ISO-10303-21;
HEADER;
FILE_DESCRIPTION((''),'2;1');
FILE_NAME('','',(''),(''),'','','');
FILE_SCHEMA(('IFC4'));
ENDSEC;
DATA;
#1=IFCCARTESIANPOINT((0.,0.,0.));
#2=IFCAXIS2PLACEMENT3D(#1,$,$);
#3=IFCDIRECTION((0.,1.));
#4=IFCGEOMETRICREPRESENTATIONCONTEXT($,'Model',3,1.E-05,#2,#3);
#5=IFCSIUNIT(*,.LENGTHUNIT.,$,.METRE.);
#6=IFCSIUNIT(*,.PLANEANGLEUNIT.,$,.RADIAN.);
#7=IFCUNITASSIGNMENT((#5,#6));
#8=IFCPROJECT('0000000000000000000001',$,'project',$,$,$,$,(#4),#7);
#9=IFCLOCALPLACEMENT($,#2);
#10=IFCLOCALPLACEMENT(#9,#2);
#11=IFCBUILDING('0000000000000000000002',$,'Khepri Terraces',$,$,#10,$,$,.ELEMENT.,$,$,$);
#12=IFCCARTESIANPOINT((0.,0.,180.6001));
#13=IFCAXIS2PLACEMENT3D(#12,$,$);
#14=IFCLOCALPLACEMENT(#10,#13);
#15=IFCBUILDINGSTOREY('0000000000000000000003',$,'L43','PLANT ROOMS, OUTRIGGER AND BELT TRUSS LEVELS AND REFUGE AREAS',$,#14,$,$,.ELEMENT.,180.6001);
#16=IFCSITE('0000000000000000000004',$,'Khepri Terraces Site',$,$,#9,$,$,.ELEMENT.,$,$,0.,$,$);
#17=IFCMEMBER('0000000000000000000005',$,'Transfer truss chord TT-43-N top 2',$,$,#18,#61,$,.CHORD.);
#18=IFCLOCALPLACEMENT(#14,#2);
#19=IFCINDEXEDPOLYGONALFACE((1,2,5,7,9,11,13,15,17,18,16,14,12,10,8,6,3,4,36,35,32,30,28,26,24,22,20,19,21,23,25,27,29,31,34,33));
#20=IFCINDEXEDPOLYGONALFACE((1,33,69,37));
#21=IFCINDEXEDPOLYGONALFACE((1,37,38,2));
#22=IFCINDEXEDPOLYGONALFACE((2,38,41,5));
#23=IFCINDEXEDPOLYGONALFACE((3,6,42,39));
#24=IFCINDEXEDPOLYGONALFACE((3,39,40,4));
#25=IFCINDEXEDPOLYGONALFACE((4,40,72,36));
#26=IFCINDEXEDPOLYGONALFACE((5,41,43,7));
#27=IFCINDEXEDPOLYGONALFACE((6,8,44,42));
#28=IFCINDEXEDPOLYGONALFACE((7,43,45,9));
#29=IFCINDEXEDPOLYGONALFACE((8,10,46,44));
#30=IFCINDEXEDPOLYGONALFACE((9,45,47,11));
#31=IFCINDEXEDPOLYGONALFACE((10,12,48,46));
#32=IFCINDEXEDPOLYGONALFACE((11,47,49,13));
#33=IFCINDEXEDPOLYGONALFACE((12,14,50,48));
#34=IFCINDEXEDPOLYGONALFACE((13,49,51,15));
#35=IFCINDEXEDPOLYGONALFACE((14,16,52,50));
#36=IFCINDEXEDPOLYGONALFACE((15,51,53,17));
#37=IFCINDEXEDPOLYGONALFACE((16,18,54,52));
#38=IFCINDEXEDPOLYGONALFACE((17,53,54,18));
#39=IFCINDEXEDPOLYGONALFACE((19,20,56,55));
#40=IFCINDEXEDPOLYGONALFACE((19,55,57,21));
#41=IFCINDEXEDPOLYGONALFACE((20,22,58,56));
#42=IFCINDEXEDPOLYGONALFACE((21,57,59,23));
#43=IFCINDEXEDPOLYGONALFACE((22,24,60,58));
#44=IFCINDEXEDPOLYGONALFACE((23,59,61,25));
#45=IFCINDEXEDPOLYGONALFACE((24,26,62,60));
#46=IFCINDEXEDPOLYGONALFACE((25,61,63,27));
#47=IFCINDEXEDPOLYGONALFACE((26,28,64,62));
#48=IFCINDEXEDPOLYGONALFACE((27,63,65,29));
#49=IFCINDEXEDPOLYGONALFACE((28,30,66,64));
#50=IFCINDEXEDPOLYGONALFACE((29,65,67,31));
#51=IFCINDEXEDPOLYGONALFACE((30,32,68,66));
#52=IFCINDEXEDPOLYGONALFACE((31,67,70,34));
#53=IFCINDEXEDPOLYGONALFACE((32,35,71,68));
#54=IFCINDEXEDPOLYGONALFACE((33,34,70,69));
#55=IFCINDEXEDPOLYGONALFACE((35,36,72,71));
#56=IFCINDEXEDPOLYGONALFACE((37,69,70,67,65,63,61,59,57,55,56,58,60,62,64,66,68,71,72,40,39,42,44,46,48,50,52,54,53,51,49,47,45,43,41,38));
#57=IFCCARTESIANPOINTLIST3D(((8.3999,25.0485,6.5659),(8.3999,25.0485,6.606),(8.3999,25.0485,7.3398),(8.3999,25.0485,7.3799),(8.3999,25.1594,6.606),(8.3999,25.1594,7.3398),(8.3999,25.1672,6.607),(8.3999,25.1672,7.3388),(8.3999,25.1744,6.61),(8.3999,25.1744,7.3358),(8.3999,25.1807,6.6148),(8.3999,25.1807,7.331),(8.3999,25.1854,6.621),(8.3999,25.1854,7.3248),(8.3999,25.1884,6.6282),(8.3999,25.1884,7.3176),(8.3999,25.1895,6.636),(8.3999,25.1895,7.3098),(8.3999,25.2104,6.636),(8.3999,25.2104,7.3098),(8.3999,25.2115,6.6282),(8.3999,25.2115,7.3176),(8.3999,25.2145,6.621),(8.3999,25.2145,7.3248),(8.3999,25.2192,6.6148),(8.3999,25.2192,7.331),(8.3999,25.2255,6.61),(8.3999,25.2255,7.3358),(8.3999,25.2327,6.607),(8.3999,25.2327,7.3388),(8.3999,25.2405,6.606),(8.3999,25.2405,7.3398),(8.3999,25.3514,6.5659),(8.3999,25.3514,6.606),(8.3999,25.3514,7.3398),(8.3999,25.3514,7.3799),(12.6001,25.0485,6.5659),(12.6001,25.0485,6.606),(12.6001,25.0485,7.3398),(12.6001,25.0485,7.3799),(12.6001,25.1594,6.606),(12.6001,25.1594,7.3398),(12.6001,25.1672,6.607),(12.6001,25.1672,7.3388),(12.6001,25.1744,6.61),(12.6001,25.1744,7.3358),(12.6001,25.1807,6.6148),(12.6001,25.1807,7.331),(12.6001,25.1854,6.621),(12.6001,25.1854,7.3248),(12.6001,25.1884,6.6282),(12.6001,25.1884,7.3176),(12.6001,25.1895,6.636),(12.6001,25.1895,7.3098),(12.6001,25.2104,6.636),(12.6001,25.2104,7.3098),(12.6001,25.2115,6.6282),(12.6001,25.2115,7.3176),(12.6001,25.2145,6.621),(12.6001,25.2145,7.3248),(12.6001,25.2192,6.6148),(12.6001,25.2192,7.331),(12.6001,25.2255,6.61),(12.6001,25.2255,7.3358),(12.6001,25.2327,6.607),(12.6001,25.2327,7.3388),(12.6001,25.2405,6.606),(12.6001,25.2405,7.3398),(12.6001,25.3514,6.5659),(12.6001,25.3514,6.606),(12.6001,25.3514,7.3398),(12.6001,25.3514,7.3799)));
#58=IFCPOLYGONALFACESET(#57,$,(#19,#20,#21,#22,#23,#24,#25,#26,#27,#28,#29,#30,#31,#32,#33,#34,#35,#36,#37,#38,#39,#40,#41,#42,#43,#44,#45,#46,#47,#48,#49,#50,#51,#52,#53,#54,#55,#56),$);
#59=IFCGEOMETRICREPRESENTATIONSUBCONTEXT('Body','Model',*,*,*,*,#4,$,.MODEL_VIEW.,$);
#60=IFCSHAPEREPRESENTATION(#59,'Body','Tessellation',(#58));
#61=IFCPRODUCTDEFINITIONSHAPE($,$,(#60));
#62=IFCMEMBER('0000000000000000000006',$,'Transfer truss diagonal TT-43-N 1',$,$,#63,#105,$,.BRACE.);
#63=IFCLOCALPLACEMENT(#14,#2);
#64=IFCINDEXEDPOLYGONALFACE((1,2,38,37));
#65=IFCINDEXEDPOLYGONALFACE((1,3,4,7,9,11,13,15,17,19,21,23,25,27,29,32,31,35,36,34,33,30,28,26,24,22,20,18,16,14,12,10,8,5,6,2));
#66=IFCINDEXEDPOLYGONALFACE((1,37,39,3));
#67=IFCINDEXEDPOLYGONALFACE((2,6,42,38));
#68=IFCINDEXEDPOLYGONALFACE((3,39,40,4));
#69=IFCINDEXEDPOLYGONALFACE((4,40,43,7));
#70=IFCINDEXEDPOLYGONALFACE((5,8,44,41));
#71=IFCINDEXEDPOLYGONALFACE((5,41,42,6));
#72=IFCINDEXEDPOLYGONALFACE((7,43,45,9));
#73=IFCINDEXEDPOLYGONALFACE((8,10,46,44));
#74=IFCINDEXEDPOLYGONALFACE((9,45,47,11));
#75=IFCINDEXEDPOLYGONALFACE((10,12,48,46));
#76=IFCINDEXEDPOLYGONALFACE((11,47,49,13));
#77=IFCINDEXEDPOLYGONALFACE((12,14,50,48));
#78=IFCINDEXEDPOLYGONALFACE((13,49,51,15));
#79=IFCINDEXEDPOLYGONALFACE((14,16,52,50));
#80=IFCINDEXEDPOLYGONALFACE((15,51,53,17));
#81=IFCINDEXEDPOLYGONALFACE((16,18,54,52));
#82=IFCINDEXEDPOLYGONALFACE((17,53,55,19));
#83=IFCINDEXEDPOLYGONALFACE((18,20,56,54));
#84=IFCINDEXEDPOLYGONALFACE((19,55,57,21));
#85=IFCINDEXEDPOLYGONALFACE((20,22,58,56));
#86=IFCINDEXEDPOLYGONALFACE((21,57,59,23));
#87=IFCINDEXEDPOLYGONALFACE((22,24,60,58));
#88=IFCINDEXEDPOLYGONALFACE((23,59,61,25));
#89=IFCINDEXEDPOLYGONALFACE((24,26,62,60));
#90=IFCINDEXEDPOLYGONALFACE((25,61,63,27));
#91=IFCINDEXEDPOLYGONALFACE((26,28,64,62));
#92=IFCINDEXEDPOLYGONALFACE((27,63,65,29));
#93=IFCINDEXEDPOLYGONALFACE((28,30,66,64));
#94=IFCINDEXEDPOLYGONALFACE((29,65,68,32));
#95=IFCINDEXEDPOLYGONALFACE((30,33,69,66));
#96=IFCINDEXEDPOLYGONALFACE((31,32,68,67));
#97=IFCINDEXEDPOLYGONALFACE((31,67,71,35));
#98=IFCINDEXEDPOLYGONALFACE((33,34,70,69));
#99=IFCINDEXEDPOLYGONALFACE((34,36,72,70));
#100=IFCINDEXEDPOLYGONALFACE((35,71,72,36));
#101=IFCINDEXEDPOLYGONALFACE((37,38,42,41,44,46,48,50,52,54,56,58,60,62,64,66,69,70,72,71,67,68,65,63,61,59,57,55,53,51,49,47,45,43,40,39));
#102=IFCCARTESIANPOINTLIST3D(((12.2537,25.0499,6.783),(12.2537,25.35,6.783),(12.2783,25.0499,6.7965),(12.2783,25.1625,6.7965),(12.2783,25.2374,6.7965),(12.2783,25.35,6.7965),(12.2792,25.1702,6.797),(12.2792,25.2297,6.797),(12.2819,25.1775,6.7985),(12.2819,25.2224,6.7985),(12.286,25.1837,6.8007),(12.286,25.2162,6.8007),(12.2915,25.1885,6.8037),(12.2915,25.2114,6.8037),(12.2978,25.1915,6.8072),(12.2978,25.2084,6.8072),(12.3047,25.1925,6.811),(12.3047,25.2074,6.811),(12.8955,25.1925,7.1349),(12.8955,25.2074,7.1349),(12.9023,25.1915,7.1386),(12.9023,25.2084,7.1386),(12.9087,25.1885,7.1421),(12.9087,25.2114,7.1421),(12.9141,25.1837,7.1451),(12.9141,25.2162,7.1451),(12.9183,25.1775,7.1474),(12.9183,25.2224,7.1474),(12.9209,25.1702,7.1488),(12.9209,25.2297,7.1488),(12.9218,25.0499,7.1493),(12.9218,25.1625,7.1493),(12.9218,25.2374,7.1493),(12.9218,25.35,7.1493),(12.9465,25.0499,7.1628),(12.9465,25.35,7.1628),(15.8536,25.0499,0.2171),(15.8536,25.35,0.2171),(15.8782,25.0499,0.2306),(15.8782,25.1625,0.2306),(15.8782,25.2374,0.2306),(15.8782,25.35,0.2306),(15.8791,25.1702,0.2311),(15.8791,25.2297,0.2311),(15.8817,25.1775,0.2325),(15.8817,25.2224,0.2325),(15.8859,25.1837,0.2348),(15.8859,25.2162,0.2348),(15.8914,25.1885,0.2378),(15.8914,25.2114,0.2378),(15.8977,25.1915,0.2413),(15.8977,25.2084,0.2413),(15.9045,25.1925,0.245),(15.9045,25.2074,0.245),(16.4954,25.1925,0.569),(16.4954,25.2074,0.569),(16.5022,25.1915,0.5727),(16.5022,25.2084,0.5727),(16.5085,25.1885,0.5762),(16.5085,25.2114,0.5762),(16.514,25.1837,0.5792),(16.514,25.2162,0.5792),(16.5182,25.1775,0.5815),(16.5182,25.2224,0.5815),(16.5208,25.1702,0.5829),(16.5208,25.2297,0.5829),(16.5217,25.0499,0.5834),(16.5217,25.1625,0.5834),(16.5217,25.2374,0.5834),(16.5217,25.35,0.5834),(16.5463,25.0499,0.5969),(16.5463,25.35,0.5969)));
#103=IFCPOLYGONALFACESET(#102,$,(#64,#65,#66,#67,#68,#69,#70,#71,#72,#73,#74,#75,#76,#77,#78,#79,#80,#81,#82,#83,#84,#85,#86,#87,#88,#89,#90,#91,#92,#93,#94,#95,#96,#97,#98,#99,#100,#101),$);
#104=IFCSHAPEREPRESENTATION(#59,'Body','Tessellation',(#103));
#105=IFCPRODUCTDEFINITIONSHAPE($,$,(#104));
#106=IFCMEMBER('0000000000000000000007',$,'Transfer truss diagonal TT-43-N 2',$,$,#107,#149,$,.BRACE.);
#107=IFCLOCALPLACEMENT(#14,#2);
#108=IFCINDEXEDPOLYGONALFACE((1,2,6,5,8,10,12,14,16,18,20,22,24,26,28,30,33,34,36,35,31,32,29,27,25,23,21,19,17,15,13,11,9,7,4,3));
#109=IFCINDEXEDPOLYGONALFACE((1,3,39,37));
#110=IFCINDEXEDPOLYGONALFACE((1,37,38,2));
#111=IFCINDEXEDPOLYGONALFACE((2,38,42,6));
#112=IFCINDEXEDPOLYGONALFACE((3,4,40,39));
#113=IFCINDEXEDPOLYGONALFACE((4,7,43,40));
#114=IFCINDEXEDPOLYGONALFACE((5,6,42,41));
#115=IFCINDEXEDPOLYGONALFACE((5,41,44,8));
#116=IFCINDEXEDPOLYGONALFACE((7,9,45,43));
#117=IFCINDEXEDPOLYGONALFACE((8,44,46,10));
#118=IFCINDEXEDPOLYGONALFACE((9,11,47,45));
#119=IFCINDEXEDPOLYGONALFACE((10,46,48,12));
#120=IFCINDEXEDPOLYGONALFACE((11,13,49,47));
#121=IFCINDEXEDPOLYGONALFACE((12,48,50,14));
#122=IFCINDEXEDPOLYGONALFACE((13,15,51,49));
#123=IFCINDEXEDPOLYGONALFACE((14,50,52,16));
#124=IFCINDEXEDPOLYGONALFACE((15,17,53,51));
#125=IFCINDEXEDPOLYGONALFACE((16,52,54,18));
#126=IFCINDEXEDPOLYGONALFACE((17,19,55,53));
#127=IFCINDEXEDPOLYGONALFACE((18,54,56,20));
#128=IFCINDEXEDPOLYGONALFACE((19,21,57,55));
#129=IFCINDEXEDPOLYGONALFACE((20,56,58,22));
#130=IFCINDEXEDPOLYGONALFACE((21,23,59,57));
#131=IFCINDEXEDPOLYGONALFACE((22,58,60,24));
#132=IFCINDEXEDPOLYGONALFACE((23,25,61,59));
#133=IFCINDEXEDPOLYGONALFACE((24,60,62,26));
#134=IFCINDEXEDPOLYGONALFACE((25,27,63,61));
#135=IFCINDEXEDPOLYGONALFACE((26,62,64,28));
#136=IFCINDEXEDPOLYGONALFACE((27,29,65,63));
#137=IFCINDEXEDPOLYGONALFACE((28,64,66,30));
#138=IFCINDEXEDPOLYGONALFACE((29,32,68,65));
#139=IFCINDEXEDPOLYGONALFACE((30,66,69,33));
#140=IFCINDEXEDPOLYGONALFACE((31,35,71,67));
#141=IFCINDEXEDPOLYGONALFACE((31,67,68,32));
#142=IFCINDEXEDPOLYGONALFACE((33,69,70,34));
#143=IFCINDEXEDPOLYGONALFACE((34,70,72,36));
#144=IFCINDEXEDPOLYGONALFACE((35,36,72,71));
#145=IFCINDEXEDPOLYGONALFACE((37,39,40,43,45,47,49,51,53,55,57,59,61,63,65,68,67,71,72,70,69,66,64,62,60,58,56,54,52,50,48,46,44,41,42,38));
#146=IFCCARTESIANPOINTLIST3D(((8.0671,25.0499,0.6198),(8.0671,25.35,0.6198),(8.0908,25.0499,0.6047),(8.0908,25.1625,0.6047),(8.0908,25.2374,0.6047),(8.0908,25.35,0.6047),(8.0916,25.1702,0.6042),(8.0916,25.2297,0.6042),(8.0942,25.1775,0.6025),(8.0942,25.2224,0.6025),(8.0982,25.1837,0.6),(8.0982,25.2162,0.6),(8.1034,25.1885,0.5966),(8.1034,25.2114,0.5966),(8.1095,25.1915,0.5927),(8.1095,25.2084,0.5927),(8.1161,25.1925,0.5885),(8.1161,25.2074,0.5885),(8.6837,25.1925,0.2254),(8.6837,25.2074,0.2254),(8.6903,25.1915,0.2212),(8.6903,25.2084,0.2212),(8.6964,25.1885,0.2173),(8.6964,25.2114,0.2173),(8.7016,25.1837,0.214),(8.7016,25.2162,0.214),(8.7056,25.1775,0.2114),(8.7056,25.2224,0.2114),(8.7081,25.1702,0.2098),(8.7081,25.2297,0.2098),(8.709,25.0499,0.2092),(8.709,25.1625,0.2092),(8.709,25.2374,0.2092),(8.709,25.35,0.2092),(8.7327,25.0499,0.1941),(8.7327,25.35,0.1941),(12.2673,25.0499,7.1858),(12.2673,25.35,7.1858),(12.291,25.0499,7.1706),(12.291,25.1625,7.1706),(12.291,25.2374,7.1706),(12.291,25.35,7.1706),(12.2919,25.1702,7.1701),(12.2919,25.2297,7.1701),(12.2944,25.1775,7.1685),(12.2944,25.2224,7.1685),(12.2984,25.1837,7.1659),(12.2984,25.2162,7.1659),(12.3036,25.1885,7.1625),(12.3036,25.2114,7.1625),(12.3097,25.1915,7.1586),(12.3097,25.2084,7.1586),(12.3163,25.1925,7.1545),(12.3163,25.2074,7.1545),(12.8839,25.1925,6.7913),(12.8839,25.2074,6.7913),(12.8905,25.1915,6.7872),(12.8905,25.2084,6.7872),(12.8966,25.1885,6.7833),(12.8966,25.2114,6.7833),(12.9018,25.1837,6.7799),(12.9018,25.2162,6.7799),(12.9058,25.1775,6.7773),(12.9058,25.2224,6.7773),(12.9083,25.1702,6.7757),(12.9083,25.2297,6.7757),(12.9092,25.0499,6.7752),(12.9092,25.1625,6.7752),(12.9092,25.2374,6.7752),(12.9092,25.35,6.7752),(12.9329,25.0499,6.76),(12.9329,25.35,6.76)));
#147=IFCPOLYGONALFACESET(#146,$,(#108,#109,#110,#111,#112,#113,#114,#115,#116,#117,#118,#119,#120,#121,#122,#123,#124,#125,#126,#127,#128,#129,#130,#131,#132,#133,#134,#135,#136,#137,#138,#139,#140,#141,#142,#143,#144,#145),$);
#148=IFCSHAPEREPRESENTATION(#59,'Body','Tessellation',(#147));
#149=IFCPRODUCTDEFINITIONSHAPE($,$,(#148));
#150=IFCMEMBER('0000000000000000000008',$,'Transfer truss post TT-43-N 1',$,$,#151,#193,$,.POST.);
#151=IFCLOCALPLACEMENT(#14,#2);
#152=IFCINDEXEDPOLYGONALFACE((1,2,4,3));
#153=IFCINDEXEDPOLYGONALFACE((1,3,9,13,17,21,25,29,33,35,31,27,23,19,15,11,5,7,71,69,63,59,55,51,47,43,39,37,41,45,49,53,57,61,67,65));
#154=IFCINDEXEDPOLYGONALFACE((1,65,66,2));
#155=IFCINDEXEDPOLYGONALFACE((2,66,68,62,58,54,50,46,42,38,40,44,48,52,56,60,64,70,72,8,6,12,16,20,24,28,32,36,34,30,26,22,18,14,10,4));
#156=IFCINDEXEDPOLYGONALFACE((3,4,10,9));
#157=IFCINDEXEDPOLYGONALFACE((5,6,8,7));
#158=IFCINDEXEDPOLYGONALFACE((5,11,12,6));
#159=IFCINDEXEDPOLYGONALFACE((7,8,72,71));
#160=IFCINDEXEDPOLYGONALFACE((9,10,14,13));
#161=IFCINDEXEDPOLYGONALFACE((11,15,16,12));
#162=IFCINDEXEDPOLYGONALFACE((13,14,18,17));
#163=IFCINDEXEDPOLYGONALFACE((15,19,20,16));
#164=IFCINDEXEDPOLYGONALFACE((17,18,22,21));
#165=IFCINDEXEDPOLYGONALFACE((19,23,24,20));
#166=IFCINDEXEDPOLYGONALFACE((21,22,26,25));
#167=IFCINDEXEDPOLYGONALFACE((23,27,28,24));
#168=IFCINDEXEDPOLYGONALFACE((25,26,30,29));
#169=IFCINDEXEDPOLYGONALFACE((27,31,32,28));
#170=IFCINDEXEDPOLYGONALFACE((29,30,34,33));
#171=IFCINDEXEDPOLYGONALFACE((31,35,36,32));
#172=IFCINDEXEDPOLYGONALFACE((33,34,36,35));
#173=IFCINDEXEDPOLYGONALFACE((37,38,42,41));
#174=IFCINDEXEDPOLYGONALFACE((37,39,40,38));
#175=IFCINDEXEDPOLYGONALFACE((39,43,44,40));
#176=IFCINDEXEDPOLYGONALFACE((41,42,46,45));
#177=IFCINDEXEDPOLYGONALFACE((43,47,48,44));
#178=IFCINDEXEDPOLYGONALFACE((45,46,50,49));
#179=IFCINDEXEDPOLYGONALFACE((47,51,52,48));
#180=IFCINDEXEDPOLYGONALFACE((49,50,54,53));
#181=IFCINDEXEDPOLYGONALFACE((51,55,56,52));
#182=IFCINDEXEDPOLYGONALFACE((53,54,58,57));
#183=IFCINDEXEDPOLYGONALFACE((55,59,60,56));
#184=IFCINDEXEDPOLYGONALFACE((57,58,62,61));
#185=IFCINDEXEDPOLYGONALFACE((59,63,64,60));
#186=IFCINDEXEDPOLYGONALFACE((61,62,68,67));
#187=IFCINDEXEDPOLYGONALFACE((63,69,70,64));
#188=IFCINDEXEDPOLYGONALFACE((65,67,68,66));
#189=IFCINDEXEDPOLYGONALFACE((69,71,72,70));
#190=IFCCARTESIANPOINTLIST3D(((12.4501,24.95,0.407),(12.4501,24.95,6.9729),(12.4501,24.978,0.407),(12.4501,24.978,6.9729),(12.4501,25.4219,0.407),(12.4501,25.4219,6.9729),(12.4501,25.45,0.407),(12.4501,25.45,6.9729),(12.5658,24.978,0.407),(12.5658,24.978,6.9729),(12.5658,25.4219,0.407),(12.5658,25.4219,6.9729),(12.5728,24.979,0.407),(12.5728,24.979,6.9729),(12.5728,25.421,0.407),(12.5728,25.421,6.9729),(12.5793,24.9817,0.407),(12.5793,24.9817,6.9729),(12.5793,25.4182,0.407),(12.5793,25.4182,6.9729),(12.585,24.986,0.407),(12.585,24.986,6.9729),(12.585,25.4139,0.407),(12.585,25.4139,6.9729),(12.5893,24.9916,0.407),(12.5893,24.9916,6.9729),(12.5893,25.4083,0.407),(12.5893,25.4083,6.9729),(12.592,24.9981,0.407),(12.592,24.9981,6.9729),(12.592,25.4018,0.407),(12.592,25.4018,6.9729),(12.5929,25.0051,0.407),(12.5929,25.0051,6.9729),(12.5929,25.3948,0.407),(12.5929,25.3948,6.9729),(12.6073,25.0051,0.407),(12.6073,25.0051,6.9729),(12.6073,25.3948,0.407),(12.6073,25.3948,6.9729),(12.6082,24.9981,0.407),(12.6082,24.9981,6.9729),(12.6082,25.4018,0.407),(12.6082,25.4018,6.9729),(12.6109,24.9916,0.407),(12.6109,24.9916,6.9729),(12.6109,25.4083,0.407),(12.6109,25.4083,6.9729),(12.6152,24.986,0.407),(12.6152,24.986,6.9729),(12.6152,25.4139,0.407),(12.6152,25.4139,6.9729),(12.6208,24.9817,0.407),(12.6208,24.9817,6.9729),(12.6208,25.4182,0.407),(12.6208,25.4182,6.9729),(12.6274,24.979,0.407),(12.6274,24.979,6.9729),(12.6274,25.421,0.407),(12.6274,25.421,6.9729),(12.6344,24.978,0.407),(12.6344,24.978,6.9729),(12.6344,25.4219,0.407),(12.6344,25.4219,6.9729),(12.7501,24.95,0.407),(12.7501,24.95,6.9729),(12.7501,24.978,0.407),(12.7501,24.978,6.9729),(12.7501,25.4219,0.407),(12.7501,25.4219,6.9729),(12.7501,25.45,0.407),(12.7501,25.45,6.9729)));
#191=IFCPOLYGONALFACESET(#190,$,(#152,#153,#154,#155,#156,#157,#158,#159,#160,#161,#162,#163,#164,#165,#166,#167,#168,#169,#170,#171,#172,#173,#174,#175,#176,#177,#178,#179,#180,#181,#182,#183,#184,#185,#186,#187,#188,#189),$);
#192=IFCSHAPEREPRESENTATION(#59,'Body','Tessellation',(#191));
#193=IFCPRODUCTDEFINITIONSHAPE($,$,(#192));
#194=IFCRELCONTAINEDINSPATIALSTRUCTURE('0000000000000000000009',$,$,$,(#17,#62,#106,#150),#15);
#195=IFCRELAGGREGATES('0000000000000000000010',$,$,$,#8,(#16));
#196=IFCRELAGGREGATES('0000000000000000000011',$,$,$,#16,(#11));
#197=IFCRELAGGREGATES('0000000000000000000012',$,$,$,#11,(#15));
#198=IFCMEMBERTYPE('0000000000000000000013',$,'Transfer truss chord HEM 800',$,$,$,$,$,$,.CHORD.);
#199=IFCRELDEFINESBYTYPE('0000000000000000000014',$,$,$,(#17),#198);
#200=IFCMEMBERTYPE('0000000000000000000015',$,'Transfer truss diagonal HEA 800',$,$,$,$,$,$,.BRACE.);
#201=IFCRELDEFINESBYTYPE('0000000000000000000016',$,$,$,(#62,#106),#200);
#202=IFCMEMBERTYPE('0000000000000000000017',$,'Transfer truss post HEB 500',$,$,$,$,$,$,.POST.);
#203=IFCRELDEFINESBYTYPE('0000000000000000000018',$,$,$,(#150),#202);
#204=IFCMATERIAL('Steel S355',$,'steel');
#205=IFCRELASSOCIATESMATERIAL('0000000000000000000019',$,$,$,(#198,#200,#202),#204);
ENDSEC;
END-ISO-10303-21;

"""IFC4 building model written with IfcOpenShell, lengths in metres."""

from ifc_helpers import new_model, si_unit, direction, frame, origin, origin_2d, place, context, subcontext, project, spatial, i_section, extrude, material, material_profile, profile_set, type_object, element, save


model = new_model("IFC4")

# Units and contexts
model_context = context("Model", 3, precision=1e-05, world=origin(), true_north=direction((0.0, 1.0)))
body_context = subcontext(model_context, "Body", "Model", "MODEL_VIEW")
ifc_project = project(units=[si_unit("LENGTHUNIT", "METRE"), si_unit("PLANEANGLEUNIT", "RADIAN")], contexts=[model_context])

# Site, building, storey
site_placement = place(None, origin())
site = spatial("IfcSite", under=ifc_project, at=site_placement, Name="Khepri Terraces Site", CompositionType="ELEMENT", RefElevation=0.0)
building_placement = place(site_placement, origin())
building = spatial("IfcBuilding", under=site, at=building_placement, Name="Khepri Terraces", CompositionType="ELEMENT")
storey_placement = place(building_placement, frame((0.0, 0.0, 180.6001)))
storey = spatial("IfcBuildingStorey", under=building, at=storey_placement, Name="L43", Description="PLANT ROOMS, OUTRIGGER AND BELT TRUSS LEVELS AND REFUGE AREAS", CompositionType="ELEMENT", Elevation=180.6001)

# Members
ifc_material_1 = material(Name="Steel S355", Category="steel")
ifc_material_profile_1 = material_profile(ifc_material_1, i_section(OverallWidth=0.303, OverallDepth=0.814, WebThickness=0.021, FlangeThickness=0.04, FilletRadius=0.03, at=origin_2d()), Name="Steel S355", Category="steel")
ifc_profile_set_1 = profile_set([ifc_material_profile_1], Name="Steel S355")
member_type_1 = type_object("IfcMemberType", Name="Transfer truss chord HEM 800", PredefinedType="CHORD", material=ifc_profile_set_1)
for number, where, z_axis, x_axis, name in (
    (1, (12.6001, 25.2, 6.9729), (-1.0, 0.0, 0.0), (0.0, -1.0, 0.0), "Transfer truss chord TT-43-N top 2"),
):
    element("IfcMember", number, at=place(storey_placement, frame(where, z_axis=z_axis, x_axis=x_axis)), inside=storey, type_object=member_type_1, Name=name, PredefinedType="CHORD", context=body_context, shape_type="SweptSolid", body=[
        extrude(i_section(OverallWidth=0.303, OverallDepth=0.814, WebThickness=0.021, FlangeThickness=0.04, FilletRadius=0.03, at=origin_2d()), origin(), (0.0, 0.0, 1.0), 4.2002),
    ])
ifc_material_profile_2 = material_profile(ifc_material_1, i_section(OverallWidth=0.3, OverallDepth=0.79, WebThickness=0.0149, FlangeThickness=0.0281, FilletRadius=0.03, at=origin_2d()), Name="Steel S355", Category="steel")
ifc_profile_set_2 = profile_set([ifc_material_profile_2], Name="Steel S355")
member_type_2 = type_object("IfcMemberType", Name="Transfer truss diagonal HEA 800", PredefinedType="BRACE", material=ifc_profile_set_2)
member_1_placement = place(storey_placement, frame((16.2, 25.2, 0.407), z_axis=(-0.480749, 0.0, 0.876858), x_axis=(0.0, -1.0, 0.0)))
element("IfcMember", 2, at=member_1_placement, inside=storey, type_object=member_type_2, Name="Transfer truss diagonal TT-43-N 1", PredefinedType="BRACE", context=body_context, shape_type="SweptSolid", body=[
    extrude(i_section(OverallWidth=0.3, OverallDepth=0.79, WebThickness=0.0149, FlangeThickness=0.0281, FilletRadius=0.03, at=origin_2d()), origin(), (0.0, 0.0, 1.0), 7.488),
])
member_2_placement = place(storey_placement, frame((12.6001, 25.2, 6.9729), z_axis=(-0.538872, 0.0, -0.842387), x_axis=(0.0, -1.0, 0.0)))
element("IfcMember", 3, at=member_2_placement, inside=storey, type_object=member_type_2, Name="Transfer truss diagonal TT-43-N 2", PredefinedType="BRACE", context=body_context, shape_type="SweptSolid", body=[
    extrude(i_section(OverallWidth=0.3, OverallDepth=0.79, WebThickness=0.0149, FlangeThickness=0.0281, FilletRadius=0.03, at=origin_2d()), origin(), (0.0, 0.0, 1.0), 7.7944),
])
ifc_material_profile_3 = material_profile(ifc_material_1, i_section(OverallWidth=0.3, OverallDepth=0.5, WebThickness=0.0144, FlangeThickness=0.0281, FilletRadius=0.0271, at=origin_2d()), Name="Steel S355", Category="steel")
ifc_profile_set_3 = profile_set([ifc_material_profile_3], Name="Steel S355")
member_type_3 = type_object("IfcMemberType", Name="Transfer truss post HEB 500", PredefinedType="POST", material=ifc_profile_set_3)
member_3_placement = place(storey_placement, frame((12.6001, 25.2, 0.407), z_axis=(0.0, 0.0, 1.0), x_axis=(1.0, 0.0, 0.0)))
element("IfcMember", 4, at=member_3_placement, inside=storey, type_object=member_type_3, Name="Transfer truss post TT-43-N 1", PredefinedType="POST", context=body_context, shape_type="SweptSolid", body=[
    extrude(i_section(OverallWidth=0.3, OverallDepth=0.5, WebThickness=0.0144, FlangeThickness=0.0281, FilletRadius=0.0271, at=origin_2d()), origin(), (0.0, 0.0, 1.0), 6.5659),
])

save(model, "model.ifc")
